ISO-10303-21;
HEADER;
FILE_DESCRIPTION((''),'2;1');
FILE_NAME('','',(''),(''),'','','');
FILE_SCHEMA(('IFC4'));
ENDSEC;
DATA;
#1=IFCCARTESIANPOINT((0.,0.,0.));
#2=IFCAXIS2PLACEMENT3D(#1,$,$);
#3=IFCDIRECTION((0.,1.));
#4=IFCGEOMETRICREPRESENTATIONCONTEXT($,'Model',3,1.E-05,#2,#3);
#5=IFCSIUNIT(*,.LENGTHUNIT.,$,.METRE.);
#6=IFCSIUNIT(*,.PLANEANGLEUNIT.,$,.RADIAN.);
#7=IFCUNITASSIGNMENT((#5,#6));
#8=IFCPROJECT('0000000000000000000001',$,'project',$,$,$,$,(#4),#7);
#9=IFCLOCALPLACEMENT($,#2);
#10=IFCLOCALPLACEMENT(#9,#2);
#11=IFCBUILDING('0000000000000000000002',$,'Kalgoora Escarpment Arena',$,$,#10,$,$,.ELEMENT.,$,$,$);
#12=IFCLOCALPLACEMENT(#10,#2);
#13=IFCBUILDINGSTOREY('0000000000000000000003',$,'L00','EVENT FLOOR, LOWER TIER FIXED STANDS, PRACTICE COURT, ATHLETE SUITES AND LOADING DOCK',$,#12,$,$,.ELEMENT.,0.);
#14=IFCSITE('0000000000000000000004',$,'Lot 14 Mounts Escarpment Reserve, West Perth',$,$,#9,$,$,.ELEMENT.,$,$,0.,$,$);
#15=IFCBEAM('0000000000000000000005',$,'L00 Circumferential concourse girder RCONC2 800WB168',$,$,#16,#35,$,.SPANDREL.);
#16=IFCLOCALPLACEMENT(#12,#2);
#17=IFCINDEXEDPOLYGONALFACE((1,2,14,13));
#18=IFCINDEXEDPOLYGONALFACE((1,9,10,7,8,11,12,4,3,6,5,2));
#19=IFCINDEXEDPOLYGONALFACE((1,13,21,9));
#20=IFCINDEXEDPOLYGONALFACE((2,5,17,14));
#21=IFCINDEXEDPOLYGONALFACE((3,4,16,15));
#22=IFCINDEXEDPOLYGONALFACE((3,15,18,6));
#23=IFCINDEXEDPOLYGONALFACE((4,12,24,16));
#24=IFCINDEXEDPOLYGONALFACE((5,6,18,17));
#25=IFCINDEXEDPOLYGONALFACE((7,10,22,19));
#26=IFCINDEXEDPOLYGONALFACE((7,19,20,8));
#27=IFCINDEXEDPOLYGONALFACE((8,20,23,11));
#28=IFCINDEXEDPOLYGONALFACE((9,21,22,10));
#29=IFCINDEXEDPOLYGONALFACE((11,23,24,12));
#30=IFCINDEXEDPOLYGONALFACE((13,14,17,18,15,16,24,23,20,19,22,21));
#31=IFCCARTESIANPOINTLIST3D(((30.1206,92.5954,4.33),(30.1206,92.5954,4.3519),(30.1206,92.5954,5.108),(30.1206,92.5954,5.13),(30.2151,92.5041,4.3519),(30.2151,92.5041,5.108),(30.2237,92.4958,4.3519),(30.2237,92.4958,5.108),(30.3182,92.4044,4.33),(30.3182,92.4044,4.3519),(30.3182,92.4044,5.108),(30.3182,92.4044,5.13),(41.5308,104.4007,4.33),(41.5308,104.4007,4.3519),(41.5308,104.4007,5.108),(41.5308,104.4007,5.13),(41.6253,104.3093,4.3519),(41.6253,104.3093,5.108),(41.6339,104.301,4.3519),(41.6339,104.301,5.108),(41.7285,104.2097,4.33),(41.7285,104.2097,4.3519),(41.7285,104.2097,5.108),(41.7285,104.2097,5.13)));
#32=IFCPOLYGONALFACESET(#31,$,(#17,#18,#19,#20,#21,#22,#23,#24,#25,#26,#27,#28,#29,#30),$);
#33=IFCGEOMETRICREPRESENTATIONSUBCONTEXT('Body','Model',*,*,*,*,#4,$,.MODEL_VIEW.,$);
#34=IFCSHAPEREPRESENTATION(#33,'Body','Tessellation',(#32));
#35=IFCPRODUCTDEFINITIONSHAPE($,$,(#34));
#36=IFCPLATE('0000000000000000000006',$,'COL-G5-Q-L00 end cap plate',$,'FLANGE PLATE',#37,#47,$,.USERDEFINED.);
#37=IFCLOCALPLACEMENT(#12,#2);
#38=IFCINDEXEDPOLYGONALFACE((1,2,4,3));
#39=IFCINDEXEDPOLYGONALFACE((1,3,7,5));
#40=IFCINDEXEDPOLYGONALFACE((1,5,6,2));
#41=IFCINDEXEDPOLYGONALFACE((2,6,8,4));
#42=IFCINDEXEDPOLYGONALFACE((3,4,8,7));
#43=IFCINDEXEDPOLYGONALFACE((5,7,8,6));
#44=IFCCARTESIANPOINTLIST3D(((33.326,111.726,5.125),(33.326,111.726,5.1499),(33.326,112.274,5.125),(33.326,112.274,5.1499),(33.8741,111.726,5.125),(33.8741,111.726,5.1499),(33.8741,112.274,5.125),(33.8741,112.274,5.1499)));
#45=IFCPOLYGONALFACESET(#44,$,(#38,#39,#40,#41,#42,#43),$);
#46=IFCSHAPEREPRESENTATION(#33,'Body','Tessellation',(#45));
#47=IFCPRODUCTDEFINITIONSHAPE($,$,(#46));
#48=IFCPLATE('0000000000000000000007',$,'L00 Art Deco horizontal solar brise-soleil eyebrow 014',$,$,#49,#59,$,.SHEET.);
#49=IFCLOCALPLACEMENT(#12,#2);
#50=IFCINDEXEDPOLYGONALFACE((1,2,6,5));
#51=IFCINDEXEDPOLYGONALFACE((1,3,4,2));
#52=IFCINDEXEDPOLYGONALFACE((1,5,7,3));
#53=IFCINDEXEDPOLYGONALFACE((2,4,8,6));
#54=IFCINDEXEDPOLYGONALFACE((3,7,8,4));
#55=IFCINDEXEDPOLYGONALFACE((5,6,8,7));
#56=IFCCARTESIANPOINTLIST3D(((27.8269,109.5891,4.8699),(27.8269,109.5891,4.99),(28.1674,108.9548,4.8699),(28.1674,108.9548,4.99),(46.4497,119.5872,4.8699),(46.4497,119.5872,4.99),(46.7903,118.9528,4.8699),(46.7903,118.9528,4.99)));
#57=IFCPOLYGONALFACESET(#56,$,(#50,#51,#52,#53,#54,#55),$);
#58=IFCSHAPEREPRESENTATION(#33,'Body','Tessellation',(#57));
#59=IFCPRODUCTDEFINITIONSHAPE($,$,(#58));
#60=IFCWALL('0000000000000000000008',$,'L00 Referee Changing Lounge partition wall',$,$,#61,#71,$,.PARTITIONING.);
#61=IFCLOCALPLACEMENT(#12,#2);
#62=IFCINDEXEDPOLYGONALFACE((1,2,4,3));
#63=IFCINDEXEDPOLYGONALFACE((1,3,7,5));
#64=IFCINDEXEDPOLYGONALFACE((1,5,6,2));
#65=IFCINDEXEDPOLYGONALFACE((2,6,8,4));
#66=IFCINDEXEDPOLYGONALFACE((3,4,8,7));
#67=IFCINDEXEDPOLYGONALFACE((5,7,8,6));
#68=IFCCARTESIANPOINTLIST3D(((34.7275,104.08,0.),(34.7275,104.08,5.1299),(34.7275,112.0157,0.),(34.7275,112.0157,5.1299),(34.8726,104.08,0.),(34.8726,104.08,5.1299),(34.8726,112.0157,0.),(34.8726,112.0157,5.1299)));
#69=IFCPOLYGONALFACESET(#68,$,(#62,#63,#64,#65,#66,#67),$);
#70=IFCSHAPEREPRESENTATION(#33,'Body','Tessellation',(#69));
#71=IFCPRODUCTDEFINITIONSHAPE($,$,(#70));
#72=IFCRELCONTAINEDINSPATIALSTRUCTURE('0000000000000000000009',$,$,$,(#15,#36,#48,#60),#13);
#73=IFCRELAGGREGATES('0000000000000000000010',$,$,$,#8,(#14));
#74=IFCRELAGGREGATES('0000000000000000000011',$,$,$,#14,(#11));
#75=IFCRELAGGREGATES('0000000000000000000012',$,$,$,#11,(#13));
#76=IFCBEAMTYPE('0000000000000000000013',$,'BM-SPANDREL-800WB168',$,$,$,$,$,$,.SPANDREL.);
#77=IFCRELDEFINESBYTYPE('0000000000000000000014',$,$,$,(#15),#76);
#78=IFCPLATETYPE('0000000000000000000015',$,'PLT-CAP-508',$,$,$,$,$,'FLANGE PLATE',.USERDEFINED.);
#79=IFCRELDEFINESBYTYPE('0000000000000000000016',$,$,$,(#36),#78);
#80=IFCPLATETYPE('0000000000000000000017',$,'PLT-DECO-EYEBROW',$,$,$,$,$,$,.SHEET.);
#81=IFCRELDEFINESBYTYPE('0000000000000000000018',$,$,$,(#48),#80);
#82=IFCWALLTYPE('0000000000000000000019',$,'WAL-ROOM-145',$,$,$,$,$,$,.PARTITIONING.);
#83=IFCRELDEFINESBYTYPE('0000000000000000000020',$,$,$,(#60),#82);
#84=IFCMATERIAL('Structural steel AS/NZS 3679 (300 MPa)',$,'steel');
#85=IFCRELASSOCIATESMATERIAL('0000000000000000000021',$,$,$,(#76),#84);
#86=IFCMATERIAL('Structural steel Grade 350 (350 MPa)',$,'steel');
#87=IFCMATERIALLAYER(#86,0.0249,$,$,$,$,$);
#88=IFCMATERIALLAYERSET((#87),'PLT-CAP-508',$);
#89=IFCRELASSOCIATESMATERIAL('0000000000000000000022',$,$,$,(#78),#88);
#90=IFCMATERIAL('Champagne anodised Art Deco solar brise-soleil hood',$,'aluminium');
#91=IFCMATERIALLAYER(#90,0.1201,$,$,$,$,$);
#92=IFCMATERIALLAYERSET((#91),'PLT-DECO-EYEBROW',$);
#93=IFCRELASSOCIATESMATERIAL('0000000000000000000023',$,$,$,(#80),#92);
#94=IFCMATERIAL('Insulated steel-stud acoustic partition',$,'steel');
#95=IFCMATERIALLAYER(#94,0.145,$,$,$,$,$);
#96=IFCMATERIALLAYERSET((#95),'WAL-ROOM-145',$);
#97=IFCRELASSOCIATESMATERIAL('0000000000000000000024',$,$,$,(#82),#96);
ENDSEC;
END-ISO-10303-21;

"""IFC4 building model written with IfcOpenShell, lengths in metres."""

from ifc_helpers import new_model, si_unit, direction, frame, frame_2d, origin, origin_2d, place, context, subcontext, project, spatial, rectangle, i_section, extrude, material, layer, layer_set, material_profile, profile_set, type_object, element, save


model = new_model("IFC4")

# Units and contexts
model_context = context("Model", 3, precision=1e-05, world=origin(), true_north=direction((0.0, 1.0)))
body_context = subcontext(model_context, "Body", "Model", "MODEL_VIEW")
ifc_project = project(units=[si_unit("LENGTHUNIT", "METRE"), si_unit("PLANEANGLEUNIT", "RADIAN")], contexts=[model_context])

# Site, building, storey
site_placement = place(None, origin())
site = spatial("IfcSite", under=ifc_project, at=site_placement, Name="Lot 14 Mounts Escarpment Reserve, West Perth", CompositionType="ELEMENT", RefElevation=0.0)
building_placement = place(site_placement, origin())
building = spatial("IfcBuilding", under=site, at=building_placement, Name="Kalgoora Escarpment Arena", CompositionType="ELEMENT")
storey_placement = place(building_placement, origin())
storey = spatial("IfcBuildingStorey", under=building, at=storey_placement, Name="L00", Description="EVENT FLOOR, LOWER TIER FIXED STANDS, PRACTICE COURT, ATHLETE SUITES AND LOADING DOCK", CompositionType="ELEMENT", Elevation=0.0)

# Beam
ifc_material_1 = material(Name="Structural steel AS/NZS 3679 (300 MPa)", Category="steel")
ifc_material_profile_1 = material_profile(ifc_material_1, i_section(OverallWidth=0.2749, OverallDepth=0.8, WebThickness=0.012, FlangeThickness=0.022, at=origin_2d()))
ifc_profile_set_1 = profile_set([ifc_material_profile_1], Name="Structural steel AS/NZS 3679 (300 MPa)")
beam_type = type_object("IfcBeamType", Name="BM-SPANDREL-800WB168", PredefinedType="SPANDREL", material=ifc_profile_set_1)
beam_placement = place(storey_placement, frame((41.6296, 104.3052, 4.73), z_axis=(-0.694974, -0.719034, 0.0), x_axis=(0.719034, -0.694974, 0.0)))
element("IfcBeam", 1, at=beam_placement, inside=storey, type_object=beam_type, Name="L00 Circumferential concourse girder RCONC2 800WB168", PredefinedType="SPANDREL", context=body_context, shape_type="SweptSolid", body=[
    extrude(i_section(OverallWidth=0.2749, OverallDepth=0.8, WebThickness=0.012, FlangeThickness=0.022, at=origin_2d()), origin(), (0.0, 0.0, 1.0), 16.4182),
])

# Plates
ifc_material_2 = material(Name="Structural steel Grade 350 (350 MPa)", Category="steel")
ifc_layer_1 = layer(ifc_material_2, 0.0249)
ifc_layer_set_1 = layer_set([ifc_layer_1], Name="PLT-CAP-508")
plate_type_1 = type_object("IfcPlateType", Name="PLT-CAP-508", ElementType="FLANGE PLATE", PredefinedType="USERDEFINED", material=ifc_layer_set_1)
plate_1_placement = place(storey_placement, frame((33.6001, 112.0, 5.125), z_axis=(0.0, 0.0, 1.0), x_axis=(1.0, 0.0, 0.0)))
element("IfcPlate", 2, at=plate_1_placement, inside=storey, type_object=plate_type_1, Name="COL-G5-Q-L00 end cap plate", ObjectType="FLANGE PLATE", PredefinedType="USERDEFINED", context=body_context, shape_type="SweptSolid", body=[
    extrude(rectangle(XDim=0.5481, YDim=0.5481, at=origin_2d()), origin(), (0.0, 0.0, 1.0), 0.0249),
])
ifc_material_3 = material(Name="Champagne anodised Art Deco solar brise-soleil hood", Category="aluminium")
ifc_layer_2 = layer(ifc_material_3, 0.1201)
ifc_layer_set_2 = layer_set([ifc_layer_2], Name="PLT-DECO-EYEBROW")
plate_type_2 = type_object("IfcPlateType", Name="PLT-DECO-EYEBROW", PredefinedType="SHEET", material=ifc_layer_set_2)
plate_2_placement = place(storey_placement, frame((37.3086, 114.271, 4.8699), z_axis=(0.0, 0.0, 1.0), x_axis=(0.881056, 0.473012, 0.0)))
element("IfcPlate", 3, at=plate_2_placement, inside=storey, type_object=plate_type_2, Name="L00 Art Deco horizontal solar brise-soleil eyebrow 014", PredefinedType="SHEET", context=body_context, shape_type="SweptSolid", body=[
    extrude(rectangle(XDim=21.137, YDim=0.72, at=origin_2d()), origin(), (0.0, 0.0, 1.0), 0.1201),
])

# Wall
ifc_material_4 = material(Name="Insulated steel-stud acoustic partition", Category="steel")
ifc_layer_3 = layer(ifc_material_4, 0.145)
ifc_layer_set_3 = layer_set([ifc_layer_3], Name="WAL-ROOM-145")
wall_type = type_object("IfcWallType", Name="WAL-ROOM-145", PredefinedType="PARTITIONING", material=ifc_layer_set_3)
wall_placement = place(storey_placement, frame((34.8, 104.0801, 0.0), z_axis=(0.0, 0.0, 1.0), x_axis=(0.0, 1.0, 0.0)))
element("IfcWall", 4, at=wall_placement, inside=storey, type_object=wall_type, Name="L00 Referee Changing Lounge partition wall", PredefinedType="PARTITIONING", context=body_context, shape_type="SweptSolid", body=[
    extrude(rectangle(XDim=7.9358, YDim=0.145, at=frame_2d((3.9678, 0.0))), origin(), (0.0, 0.0, 1.0), 5.1299),
])

save(model, "model.ifc")
